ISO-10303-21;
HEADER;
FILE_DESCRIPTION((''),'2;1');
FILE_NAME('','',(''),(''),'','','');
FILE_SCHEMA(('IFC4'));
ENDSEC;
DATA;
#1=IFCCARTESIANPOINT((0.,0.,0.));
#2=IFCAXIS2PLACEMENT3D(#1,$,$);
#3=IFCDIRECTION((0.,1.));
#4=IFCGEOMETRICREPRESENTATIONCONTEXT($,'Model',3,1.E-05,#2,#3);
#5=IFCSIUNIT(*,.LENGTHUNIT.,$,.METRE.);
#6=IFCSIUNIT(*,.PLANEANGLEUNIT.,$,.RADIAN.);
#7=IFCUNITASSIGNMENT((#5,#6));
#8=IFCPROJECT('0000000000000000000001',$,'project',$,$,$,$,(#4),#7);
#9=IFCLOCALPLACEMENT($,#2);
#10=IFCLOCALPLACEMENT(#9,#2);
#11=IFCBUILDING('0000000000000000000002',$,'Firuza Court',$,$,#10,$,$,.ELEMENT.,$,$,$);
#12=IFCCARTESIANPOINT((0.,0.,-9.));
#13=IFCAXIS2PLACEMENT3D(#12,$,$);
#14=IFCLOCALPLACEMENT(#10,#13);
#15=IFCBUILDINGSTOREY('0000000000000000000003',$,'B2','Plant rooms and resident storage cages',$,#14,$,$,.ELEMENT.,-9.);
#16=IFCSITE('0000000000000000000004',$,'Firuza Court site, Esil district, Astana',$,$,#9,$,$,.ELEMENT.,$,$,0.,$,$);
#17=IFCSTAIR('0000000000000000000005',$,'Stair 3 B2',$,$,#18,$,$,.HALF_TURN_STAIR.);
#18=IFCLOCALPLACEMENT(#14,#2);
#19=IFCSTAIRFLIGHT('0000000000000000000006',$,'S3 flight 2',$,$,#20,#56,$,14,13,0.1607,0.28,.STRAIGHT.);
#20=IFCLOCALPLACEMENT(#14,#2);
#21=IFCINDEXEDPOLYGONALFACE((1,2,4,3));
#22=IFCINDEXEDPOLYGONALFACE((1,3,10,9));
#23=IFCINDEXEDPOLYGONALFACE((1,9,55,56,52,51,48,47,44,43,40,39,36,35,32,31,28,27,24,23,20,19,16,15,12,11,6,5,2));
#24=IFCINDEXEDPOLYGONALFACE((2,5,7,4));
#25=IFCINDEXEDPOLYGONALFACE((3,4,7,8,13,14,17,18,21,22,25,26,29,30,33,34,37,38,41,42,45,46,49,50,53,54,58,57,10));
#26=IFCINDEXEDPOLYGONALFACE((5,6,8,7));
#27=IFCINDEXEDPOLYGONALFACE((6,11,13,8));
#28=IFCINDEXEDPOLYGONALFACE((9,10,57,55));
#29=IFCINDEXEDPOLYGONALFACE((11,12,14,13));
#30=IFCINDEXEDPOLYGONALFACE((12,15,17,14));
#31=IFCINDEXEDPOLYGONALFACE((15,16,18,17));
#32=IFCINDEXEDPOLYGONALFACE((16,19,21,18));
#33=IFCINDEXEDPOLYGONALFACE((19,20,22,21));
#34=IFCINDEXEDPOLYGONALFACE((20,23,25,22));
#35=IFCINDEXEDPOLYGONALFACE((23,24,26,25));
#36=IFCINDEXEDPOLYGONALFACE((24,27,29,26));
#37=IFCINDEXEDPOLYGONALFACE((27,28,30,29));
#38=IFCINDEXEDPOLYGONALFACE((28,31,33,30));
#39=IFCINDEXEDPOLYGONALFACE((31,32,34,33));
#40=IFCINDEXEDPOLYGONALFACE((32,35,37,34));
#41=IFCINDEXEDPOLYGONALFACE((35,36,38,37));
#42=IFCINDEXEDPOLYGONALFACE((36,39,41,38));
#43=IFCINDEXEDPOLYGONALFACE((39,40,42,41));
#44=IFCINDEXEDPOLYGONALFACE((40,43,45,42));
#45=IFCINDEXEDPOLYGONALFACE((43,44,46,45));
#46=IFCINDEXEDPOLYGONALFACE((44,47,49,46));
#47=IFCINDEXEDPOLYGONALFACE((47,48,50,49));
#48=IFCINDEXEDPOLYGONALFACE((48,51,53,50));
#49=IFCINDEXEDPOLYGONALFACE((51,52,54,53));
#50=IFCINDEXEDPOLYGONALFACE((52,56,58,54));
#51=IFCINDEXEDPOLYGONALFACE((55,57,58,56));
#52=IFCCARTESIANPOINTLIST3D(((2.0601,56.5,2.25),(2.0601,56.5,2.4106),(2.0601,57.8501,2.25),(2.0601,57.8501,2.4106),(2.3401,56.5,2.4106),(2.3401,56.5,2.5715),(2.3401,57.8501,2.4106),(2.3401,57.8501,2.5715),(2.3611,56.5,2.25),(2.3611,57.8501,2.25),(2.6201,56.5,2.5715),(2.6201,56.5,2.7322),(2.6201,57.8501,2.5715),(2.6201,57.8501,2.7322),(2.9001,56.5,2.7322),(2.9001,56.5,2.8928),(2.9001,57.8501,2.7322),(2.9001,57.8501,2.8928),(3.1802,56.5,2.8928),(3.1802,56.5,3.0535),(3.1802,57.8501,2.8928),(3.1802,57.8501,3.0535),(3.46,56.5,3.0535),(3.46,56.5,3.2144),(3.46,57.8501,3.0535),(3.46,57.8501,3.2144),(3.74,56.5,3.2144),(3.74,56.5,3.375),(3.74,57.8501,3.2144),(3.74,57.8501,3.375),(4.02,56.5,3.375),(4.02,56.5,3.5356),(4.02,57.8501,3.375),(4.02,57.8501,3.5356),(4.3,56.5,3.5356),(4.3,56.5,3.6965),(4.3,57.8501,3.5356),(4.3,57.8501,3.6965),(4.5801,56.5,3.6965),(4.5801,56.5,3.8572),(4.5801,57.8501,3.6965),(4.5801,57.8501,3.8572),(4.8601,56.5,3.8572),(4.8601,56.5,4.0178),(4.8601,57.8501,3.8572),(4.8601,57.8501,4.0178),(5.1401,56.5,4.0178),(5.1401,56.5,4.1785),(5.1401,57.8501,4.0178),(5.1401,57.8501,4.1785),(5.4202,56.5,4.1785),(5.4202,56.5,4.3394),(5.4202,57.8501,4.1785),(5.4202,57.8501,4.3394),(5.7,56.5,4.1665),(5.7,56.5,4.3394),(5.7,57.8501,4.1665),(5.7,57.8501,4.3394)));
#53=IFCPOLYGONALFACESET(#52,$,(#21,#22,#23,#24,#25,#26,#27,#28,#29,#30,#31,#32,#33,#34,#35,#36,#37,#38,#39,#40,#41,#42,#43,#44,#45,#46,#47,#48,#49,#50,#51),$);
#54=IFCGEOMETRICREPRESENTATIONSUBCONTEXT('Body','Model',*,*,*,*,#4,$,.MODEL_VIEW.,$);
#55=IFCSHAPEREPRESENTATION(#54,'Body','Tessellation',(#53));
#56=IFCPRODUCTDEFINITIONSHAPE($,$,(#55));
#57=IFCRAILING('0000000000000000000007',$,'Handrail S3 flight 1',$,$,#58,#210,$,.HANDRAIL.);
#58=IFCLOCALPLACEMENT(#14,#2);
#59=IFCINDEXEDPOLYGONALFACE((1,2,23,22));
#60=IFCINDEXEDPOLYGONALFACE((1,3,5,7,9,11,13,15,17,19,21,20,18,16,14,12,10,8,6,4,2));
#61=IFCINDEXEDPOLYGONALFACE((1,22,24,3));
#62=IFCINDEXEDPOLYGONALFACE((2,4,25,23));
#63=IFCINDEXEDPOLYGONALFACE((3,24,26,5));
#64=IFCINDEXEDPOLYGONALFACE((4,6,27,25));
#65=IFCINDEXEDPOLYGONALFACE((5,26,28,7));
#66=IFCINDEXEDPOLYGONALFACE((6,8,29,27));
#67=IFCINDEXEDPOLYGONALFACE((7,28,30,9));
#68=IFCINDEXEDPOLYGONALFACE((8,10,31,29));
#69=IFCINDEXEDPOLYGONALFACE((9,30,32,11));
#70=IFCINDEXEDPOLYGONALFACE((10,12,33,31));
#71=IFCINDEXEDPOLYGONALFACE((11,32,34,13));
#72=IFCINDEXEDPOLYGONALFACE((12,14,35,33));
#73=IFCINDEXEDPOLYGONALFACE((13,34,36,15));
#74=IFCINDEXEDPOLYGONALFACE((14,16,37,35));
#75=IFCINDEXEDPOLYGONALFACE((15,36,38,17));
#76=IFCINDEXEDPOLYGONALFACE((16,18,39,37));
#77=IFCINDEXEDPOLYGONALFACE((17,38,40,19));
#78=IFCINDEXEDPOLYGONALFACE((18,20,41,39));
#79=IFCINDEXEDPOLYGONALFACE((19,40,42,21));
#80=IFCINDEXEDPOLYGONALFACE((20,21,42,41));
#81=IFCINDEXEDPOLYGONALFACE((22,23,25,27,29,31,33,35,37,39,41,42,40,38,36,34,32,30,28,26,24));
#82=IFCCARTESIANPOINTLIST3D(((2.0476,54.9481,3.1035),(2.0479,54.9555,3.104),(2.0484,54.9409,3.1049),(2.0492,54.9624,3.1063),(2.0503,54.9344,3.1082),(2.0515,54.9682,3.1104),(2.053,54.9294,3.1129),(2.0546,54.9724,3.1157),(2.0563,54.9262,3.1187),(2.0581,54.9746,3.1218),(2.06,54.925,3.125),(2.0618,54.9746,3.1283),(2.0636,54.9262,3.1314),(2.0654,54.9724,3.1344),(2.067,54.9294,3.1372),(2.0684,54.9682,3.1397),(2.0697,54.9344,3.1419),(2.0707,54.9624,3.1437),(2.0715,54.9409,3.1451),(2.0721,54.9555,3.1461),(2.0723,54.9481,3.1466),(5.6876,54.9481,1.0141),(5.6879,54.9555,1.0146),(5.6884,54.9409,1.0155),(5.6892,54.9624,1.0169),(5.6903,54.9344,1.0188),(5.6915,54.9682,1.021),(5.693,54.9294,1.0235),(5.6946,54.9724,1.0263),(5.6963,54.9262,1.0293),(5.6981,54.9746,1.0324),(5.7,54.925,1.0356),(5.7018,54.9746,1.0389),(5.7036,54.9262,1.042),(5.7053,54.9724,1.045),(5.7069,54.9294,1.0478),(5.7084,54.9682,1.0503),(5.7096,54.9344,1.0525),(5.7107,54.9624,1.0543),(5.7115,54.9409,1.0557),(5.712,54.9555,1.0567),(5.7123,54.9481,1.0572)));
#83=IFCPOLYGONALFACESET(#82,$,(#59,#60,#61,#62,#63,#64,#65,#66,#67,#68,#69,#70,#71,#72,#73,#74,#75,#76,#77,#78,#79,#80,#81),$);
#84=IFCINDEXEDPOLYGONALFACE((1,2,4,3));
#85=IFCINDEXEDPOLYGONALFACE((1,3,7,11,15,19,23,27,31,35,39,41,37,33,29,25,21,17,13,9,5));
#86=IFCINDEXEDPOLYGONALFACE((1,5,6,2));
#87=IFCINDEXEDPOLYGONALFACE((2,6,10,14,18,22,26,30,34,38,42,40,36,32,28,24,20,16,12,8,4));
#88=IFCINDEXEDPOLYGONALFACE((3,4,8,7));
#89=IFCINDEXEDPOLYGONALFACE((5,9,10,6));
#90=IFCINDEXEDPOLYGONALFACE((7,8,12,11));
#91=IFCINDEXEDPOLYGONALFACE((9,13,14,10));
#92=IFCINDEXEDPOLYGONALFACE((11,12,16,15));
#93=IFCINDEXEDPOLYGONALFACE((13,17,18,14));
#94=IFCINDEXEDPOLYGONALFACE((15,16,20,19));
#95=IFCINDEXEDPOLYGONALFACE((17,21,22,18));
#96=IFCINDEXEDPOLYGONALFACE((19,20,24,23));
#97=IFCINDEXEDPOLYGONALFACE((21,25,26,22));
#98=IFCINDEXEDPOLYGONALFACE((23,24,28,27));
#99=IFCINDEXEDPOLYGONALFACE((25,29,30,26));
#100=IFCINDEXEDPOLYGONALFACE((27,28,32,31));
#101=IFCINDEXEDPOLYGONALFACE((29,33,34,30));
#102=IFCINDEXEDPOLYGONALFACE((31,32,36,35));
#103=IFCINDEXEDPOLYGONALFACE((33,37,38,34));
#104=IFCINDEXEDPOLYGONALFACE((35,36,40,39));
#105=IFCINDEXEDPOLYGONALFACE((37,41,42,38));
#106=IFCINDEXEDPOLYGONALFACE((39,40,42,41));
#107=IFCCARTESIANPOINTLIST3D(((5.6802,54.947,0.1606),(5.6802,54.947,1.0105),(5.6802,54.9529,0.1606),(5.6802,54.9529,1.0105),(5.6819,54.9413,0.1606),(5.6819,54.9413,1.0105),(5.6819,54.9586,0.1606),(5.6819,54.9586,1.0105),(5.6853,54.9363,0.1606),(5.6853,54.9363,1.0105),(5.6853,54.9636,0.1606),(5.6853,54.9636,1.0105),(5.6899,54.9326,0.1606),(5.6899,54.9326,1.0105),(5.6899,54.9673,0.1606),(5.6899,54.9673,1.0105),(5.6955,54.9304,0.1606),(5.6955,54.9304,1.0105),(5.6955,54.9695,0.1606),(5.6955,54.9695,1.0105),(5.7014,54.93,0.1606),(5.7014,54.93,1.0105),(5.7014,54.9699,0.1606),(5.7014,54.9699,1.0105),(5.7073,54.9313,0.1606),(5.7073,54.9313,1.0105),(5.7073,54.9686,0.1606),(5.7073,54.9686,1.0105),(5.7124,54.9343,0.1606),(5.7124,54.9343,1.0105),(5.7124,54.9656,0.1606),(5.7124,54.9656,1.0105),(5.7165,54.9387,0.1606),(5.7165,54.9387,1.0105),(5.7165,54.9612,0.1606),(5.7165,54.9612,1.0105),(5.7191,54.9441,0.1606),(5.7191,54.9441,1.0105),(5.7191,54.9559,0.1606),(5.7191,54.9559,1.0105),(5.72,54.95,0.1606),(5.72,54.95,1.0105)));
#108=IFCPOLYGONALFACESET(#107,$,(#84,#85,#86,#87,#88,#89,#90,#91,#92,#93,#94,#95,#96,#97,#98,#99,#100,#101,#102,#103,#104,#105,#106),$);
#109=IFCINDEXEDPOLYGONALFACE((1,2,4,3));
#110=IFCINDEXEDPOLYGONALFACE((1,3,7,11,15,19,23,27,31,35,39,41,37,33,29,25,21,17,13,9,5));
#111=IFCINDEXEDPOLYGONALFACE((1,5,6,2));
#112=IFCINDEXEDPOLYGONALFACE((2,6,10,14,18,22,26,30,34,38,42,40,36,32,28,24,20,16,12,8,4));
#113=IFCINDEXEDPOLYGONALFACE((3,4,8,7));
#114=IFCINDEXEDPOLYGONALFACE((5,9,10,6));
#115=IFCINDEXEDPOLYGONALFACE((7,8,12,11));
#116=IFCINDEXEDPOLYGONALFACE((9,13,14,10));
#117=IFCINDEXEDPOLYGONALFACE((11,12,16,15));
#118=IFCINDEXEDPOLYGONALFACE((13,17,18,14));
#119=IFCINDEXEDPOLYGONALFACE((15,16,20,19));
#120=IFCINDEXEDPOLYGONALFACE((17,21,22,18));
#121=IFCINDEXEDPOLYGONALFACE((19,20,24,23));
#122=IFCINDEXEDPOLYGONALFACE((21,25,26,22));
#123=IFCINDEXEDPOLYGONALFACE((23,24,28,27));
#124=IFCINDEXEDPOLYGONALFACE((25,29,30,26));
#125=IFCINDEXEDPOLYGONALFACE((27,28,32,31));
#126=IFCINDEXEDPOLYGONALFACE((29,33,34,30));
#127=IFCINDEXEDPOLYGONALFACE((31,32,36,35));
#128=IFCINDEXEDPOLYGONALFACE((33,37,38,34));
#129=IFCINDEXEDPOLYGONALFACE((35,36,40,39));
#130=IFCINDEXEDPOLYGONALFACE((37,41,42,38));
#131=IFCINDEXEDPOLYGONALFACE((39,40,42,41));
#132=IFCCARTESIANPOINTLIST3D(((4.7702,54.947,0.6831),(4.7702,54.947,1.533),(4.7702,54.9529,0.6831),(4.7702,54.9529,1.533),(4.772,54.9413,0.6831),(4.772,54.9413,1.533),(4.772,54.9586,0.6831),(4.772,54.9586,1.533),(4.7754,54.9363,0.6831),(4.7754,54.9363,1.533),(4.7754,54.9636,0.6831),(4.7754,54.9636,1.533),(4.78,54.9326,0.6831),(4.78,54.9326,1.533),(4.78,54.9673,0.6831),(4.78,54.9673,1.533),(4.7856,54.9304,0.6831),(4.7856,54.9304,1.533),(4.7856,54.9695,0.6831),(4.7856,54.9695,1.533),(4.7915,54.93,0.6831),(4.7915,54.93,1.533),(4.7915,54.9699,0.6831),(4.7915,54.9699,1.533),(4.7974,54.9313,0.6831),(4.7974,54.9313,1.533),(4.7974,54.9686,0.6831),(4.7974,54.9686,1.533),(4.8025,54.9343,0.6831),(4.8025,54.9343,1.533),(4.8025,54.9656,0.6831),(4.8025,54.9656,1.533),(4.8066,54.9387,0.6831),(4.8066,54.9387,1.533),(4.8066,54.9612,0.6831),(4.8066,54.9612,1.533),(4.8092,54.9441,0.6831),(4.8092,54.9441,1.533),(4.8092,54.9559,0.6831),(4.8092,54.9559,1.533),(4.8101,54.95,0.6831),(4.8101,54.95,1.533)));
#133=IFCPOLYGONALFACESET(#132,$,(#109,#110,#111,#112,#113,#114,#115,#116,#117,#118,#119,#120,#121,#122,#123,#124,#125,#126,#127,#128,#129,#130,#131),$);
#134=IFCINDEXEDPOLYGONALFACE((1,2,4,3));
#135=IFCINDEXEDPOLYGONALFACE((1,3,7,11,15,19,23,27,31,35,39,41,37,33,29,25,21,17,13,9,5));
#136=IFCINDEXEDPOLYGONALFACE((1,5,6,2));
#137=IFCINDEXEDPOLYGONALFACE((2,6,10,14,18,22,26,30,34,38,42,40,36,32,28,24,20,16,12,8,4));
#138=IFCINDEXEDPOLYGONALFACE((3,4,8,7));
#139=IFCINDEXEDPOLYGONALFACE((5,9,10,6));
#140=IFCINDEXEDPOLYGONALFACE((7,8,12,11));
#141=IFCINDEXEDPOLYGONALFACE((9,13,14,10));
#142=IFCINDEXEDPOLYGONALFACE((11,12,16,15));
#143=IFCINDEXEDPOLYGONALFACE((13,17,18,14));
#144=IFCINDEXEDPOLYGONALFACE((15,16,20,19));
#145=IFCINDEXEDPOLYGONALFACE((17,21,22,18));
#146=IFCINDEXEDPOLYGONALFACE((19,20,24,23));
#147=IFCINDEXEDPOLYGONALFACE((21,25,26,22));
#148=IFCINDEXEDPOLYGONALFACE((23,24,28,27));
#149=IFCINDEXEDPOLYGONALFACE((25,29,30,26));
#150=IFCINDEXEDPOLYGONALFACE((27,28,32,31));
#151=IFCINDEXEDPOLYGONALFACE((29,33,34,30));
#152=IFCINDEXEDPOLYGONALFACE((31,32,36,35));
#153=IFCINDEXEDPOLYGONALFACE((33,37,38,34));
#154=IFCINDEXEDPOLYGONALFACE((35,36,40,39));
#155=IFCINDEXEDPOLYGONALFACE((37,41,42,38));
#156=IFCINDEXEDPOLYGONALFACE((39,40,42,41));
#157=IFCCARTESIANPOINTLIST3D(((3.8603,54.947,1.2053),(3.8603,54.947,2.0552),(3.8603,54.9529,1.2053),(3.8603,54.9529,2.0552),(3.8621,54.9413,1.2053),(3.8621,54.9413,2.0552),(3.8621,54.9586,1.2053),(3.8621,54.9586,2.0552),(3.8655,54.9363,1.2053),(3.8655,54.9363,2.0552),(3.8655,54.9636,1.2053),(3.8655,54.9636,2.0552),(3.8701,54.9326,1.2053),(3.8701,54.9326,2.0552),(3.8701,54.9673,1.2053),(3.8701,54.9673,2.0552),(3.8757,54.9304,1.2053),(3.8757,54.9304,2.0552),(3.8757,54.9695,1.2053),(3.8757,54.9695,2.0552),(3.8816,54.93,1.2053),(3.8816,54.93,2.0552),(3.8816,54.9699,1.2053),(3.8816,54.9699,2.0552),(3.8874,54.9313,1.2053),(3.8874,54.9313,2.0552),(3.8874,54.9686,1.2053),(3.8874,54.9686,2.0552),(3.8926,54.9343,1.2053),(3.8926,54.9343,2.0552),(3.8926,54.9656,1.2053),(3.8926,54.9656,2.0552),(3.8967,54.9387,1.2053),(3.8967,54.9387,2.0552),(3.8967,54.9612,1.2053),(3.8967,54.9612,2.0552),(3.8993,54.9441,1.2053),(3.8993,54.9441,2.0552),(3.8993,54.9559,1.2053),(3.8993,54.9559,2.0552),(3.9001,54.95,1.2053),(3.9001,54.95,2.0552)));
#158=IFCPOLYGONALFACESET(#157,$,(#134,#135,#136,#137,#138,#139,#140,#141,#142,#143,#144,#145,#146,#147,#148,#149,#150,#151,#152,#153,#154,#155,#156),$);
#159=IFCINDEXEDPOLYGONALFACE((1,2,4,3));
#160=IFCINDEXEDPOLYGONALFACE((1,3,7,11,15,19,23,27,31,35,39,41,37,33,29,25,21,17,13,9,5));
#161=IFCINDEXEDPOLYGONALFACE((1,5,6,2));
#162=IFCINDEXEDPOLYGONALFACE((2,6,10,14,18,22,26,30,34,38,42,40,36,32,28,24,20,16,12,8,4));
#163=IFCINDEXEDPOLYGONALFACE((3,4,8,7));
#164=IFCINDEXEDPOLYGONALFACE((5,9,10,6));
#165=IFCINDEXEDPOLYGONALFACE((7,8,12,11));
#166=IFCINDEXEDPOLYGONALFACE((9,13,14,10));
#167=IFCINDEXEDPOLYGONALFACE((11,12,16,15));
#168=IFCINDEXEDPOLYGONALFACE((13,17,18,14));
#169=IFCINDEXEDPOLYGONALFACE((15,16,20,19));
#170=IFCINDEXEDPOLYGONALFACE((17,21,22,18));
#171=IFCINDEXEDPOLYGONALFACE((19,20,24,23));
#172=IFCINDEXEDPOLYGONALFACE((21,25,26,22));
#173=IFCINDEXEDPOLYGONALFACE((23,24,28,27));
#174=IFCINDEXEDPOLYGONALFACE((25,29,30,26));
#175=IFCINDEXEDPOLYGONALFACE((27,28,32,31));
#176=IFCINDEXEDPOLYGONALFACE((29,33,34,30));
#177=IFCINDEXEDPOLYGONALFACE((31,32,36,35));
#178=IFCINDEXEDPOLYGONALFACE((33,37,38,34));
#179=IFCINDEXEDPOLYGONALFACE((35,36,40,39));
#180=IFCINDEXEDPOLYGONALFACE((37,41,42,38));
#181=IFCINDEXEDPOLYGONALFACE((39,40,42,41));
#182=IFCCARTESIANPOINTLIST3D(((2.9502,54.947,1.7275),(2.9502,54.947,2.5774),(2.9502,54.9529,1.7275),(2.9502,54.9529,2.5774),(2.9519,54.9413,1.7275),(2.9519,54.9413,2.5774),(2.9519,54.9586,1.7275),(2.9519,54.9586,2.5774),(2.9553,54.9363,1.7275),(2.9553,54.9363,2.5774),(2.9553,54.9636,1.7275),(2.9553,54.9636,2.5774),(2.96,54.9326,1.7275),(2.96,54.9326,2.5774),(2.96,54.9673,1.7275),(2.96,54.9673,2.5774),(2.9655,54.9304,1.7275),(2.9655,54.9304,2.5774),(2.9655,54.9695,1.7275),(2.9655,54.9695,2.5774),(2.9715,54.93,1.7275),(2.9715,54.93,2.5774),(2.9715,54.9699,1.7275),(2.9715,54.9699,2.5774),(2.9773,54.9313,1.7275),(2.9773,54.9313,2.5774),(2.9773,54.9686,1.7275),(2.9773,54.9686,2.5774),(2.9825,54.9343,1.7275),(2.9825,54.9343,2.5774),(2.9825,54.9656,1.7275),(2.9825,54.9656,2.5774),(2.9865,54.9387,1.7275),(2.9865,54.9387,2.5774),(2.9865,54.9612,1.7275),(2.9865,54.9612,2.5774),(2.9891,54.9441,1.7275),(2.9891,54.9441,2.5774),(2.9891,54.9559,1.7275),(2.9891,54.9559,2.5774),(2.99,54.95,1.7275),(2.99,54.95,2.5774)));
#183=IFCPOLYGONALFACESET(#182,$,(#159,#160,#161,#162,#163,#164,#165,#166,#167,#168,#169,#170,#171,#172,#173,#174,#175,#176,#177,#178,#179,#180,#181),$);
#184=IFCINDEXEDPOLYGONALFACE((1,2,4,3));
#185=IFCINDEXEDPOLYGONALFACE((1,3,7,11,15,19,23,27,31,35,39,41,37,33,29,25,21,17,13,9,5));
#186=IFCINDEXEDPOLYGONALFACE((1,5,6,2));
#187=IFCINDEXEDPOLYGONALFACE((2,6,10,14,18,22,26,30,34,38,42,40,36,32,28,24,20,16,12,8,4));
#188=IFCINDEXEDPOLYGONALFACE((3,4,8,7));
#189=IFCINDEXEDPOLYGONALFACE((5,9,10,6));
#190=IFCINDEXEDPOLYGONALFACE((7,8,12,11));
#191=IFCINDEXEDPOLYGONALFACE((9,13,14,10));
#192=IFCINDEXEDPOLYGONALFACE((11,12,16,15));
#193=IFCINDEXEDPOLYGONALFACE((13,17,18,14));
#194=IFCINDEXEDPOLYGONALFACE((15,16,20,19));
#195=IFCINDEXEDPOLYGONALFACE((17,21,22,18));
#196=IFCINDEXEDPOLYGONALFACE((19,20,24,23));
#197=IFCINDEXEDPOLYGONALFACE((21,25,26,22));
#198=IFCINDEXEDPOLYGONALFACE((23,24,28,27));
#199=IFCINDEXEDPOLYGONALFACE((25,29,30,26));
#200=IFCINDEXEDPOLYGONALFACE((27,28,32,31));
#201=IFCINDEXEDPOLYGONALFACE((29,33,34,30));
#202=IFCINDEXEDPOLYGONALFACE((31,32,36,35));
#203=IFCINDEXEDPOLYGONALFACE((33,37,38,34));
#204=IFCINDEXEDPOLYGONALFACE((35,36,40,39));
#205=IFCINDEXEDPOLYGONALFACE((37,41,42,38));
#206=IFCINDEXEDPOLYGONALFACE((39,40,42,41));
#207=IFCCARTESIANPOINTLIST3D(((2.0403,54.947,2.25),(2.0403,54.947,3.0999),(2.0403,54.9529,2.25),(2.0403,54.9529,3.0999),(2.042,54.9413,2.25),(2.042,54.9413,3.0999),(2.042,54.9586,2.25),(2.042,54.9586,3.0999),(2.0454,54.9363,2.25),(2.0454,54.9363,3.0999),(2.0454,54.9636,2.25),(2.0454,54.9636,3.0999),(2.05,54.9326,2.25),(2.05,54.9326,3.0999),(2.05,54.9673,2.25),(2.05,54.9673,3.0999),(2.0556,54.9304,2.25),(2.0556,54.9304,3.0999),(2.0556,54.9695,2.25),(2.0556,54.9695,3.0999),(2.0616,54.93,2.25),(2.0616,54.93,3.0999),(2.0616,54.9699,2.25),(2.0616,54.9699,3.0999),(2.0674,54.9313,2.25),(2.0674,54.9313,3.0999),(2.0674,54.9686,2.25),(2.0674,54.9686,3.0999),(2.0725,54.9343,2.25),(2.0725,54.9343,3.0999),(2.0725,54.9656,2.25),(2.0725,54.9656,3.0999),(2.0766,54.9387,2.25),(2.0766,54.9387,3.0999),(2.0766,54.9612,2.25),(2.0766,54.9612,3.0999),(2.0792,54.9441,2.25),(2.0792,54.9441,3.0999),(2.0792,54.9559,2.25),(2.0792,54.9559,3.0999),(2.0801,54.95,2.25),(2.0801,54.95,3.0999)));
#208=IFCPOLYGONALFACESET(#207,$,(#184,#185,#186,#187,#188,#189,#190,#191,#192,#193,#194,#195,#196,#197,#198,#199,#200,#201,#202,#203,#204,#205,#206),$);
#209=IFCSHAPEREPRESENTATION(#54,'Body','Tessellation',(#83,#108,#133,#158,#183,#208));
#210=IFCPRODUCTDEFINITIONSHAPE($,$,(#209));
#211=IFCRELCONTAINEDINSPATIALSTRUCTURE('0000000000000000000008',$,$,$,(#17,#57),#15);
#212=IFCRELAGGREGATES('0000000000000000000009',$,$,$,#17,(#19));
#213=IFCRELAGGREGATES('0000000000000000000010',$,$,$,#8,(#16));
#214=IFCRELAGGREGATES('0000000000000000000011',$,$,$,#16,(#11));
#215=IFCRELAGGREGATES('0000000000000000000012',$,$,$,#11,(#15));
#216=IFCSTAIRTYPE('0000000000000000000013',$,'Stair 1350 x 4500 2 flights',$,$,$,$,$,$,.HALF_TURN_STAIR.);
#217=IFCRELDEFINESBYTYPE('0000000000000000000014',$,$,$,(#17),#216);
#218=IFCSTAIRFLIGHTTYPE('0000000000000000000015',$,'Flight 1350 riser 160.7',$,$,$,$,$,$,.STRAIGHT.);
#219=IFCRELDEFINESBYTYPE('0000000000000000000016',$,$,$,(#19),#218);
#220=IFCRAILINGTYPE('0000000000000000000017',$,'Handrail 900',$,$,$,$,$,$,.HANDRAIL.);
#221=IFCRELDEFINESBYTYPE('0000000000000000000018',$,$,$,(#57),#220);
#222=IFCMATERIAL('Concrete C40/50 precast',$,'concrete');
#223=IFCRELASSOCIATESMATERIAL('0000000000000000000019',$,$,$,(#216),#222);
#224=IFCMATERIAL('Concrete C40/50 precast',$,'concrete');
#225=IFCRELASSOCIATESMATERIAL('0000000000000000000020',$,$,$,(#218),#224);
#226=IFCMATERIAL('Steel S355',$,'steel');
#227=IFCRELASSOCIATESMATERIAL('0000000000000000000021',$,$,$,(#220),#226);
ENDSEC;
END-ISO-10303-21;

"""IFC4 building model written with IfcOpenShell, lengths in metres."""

from ifc_helpers import new_model, si_unit, direction, frame, origin, origin_2d, place, context, subcontext, project, spatial, polyline, circle, outline, extrude, material, type_object, element, aggregate, save


model = new_model("IFC4")

# Units and contexts
model_context = context("Model", 3, precision=1e-05, world=origin(), true_north=direction((0.0, 1.0)))
body_context = subcontext(model_context, "Body", "Model", "MODEL_VIEW")
ifc_project = project(units=[si_unit("LENGTHUNIT", "METRE"), si_unit("PLANEANGLEUNIT", "RADIAN")], contexts=[model_context])

# Site, building, storey
site_placement = place(None, origin())
site = spatial("IfcSite", under=ifc_project, at=site_placement, Name="Firuza Court site, Esil district, Astana", CompositionType="ELEMENT", RefElevation=0.0)
building_placement = place(site_placement, origin())
building = spatial("IfcBuilding", under=site, at=building_placement, Name="Firuza Court", CompositionType="ELEMENT")
storey_placement = place(building_placement, frame((0.0, 0.0, -9.0)))
storey = spatial("IfcBuildingStorey", under=building, at=storey_placement, Name="B2", Description="Plant rooms and resident storage cages", CompositionType="ELEMENT", Elevation=-9.0)

# Stair, stair flight
ifc_material_1 = material(Name="Concrete C40/50 precast", Category="concrete")
stair_type = type_object("IfcStairType", Name="Stair 1350 x 4500 2 flights", PredefinedType="HALF_TURN_STAIR", material=ifc_material_1)
stair_placement = place(storey_placement, origin())
stair = element("IfcStair", 1, at=stair_placement, inside=storey, type_object=stair_type, Name="Stair 3 B2", PredefinedType="HALF_TURN_STAIR")
ifc_material_2 = material(Name="Concrete C40/50 precast", Category="concrete")
stair_flight_type = type_object("IfcStairFlightType", Name="Flight 1350 riser 160.7", PredefinedType="STRAIGHT", material=ifc_material_2)
stair_flight_1_placement = place(storey_placement, frame((2.0601, 57.175, 2.25), z_axis=(0.0, 0.0, 1.0), x_axis=(1.0, 0.0, 0.0)))
stair_flight_1 = element("IfcStairFlight", 2, at=stair_flight_1_placement, type_object=stair_flight_type, Name="S3 flight 2", NumberOfRisers=14, NumberOfTreads=13, PredefinedType="STRAIGHT", RiserHeight=0.1607, TreadLength=0.28, context=body_context, shape_type="SweptSolid", body=[
    extrude(outline(polyline([(0.0, 0.0), (0.0, 0.1606), (0.28, 0.1606), (0.28, 0.3215), (0.5601, 0.3215), (0.5601, 0.4822), (0.8401, 0.4822), (0.8401, 0.6428), (1.1201, 0.6428), (1.1201, 0.8035), (1.3999, 0.8035), (1.3999, 0.9644), (1.6799, 0.9644), (1.6799, 1.125), (1.96, 1.125), (1.96, 1.2856), (2.24, 1.2856), (2.24, 1.4465), (2.52, 1.4465), (2.52, 1.6072), (2.8, 1.6072), (2.8, 1.7678), (3.0801, 1.7678), (3.0801, 1.9285), (3.3601, 1.9285), (3.3601, 2.0894), (3.6399, 2.0894), (3.6399, 2.25), (3.6399, 1.9165), (0.301, 0.0), (0.0, 0.0)])), frame((0.0, 0.675, 0.0), z_axis=(0.0, -1.0, 0.0), x_axis=(1.0, 0.0, 0.0)), (0.0, 0.0, 1.0), 1.3501),
])
aggregate(stair, [stair_flight_1])

# Railing
ifc_material_3 = material(Name="Steel S355", Category="steel")
railing_type_1 = type_object("IfcRailingType", Name="Handrail 900", PredefinedType="HANDRAIL", material=ifc_material_3)
railing_1_placement = place(storey_placement, frame((5.7, 54.95, 0.1606)))
element("IfcRailing", 3, at=railing_1_placement, inside=storey, type_object=railing_type_1, Name="Handrail S3 flight 1", PredefinedType="HANDRAIL", context=body_context, shape_type="SweptSolid", body=[
    extrude(circle(Radius=0.0249, at=origin_2d()), frame((0.0, 0.0, 0.875), z_axis=(-0.867275, 0.0, 0.497829), x_axis=(0.0, -1.0, 0.0)), (0.0, 0.0, 1.0), 4.197),
    extrude(circle(Radius=0.02, at=origin_2d()), origin(), (0.0, 0.0, 1.0), 0.8499),
    extrude(circle(Radius=0.02, at=origin_2d()), frame((-0.9099, 0.0, 0.5225)), (0.0, 0.0, 1.0), 0.8499),
    extrude(circle(Radius=0.02, at=origin_2d()), frame((-1.8198, 0.0, 1.0447)), (0.0, 0.0, 1.0), 0.8499),
    extrude(circle(Radius=0.02, at=origin_2d()), frame((-2.73, 0.0, 1.5669)), (0.0, 0.0, 1.0), 0.8499),
    extrude(circle(Radius=0.02, at=origin_2d()), frame((-3.6399, 0.0, 2.0894)), (0.0, 0.0, 1.0), 0.8499),
])

save(model, "model.ifc")
